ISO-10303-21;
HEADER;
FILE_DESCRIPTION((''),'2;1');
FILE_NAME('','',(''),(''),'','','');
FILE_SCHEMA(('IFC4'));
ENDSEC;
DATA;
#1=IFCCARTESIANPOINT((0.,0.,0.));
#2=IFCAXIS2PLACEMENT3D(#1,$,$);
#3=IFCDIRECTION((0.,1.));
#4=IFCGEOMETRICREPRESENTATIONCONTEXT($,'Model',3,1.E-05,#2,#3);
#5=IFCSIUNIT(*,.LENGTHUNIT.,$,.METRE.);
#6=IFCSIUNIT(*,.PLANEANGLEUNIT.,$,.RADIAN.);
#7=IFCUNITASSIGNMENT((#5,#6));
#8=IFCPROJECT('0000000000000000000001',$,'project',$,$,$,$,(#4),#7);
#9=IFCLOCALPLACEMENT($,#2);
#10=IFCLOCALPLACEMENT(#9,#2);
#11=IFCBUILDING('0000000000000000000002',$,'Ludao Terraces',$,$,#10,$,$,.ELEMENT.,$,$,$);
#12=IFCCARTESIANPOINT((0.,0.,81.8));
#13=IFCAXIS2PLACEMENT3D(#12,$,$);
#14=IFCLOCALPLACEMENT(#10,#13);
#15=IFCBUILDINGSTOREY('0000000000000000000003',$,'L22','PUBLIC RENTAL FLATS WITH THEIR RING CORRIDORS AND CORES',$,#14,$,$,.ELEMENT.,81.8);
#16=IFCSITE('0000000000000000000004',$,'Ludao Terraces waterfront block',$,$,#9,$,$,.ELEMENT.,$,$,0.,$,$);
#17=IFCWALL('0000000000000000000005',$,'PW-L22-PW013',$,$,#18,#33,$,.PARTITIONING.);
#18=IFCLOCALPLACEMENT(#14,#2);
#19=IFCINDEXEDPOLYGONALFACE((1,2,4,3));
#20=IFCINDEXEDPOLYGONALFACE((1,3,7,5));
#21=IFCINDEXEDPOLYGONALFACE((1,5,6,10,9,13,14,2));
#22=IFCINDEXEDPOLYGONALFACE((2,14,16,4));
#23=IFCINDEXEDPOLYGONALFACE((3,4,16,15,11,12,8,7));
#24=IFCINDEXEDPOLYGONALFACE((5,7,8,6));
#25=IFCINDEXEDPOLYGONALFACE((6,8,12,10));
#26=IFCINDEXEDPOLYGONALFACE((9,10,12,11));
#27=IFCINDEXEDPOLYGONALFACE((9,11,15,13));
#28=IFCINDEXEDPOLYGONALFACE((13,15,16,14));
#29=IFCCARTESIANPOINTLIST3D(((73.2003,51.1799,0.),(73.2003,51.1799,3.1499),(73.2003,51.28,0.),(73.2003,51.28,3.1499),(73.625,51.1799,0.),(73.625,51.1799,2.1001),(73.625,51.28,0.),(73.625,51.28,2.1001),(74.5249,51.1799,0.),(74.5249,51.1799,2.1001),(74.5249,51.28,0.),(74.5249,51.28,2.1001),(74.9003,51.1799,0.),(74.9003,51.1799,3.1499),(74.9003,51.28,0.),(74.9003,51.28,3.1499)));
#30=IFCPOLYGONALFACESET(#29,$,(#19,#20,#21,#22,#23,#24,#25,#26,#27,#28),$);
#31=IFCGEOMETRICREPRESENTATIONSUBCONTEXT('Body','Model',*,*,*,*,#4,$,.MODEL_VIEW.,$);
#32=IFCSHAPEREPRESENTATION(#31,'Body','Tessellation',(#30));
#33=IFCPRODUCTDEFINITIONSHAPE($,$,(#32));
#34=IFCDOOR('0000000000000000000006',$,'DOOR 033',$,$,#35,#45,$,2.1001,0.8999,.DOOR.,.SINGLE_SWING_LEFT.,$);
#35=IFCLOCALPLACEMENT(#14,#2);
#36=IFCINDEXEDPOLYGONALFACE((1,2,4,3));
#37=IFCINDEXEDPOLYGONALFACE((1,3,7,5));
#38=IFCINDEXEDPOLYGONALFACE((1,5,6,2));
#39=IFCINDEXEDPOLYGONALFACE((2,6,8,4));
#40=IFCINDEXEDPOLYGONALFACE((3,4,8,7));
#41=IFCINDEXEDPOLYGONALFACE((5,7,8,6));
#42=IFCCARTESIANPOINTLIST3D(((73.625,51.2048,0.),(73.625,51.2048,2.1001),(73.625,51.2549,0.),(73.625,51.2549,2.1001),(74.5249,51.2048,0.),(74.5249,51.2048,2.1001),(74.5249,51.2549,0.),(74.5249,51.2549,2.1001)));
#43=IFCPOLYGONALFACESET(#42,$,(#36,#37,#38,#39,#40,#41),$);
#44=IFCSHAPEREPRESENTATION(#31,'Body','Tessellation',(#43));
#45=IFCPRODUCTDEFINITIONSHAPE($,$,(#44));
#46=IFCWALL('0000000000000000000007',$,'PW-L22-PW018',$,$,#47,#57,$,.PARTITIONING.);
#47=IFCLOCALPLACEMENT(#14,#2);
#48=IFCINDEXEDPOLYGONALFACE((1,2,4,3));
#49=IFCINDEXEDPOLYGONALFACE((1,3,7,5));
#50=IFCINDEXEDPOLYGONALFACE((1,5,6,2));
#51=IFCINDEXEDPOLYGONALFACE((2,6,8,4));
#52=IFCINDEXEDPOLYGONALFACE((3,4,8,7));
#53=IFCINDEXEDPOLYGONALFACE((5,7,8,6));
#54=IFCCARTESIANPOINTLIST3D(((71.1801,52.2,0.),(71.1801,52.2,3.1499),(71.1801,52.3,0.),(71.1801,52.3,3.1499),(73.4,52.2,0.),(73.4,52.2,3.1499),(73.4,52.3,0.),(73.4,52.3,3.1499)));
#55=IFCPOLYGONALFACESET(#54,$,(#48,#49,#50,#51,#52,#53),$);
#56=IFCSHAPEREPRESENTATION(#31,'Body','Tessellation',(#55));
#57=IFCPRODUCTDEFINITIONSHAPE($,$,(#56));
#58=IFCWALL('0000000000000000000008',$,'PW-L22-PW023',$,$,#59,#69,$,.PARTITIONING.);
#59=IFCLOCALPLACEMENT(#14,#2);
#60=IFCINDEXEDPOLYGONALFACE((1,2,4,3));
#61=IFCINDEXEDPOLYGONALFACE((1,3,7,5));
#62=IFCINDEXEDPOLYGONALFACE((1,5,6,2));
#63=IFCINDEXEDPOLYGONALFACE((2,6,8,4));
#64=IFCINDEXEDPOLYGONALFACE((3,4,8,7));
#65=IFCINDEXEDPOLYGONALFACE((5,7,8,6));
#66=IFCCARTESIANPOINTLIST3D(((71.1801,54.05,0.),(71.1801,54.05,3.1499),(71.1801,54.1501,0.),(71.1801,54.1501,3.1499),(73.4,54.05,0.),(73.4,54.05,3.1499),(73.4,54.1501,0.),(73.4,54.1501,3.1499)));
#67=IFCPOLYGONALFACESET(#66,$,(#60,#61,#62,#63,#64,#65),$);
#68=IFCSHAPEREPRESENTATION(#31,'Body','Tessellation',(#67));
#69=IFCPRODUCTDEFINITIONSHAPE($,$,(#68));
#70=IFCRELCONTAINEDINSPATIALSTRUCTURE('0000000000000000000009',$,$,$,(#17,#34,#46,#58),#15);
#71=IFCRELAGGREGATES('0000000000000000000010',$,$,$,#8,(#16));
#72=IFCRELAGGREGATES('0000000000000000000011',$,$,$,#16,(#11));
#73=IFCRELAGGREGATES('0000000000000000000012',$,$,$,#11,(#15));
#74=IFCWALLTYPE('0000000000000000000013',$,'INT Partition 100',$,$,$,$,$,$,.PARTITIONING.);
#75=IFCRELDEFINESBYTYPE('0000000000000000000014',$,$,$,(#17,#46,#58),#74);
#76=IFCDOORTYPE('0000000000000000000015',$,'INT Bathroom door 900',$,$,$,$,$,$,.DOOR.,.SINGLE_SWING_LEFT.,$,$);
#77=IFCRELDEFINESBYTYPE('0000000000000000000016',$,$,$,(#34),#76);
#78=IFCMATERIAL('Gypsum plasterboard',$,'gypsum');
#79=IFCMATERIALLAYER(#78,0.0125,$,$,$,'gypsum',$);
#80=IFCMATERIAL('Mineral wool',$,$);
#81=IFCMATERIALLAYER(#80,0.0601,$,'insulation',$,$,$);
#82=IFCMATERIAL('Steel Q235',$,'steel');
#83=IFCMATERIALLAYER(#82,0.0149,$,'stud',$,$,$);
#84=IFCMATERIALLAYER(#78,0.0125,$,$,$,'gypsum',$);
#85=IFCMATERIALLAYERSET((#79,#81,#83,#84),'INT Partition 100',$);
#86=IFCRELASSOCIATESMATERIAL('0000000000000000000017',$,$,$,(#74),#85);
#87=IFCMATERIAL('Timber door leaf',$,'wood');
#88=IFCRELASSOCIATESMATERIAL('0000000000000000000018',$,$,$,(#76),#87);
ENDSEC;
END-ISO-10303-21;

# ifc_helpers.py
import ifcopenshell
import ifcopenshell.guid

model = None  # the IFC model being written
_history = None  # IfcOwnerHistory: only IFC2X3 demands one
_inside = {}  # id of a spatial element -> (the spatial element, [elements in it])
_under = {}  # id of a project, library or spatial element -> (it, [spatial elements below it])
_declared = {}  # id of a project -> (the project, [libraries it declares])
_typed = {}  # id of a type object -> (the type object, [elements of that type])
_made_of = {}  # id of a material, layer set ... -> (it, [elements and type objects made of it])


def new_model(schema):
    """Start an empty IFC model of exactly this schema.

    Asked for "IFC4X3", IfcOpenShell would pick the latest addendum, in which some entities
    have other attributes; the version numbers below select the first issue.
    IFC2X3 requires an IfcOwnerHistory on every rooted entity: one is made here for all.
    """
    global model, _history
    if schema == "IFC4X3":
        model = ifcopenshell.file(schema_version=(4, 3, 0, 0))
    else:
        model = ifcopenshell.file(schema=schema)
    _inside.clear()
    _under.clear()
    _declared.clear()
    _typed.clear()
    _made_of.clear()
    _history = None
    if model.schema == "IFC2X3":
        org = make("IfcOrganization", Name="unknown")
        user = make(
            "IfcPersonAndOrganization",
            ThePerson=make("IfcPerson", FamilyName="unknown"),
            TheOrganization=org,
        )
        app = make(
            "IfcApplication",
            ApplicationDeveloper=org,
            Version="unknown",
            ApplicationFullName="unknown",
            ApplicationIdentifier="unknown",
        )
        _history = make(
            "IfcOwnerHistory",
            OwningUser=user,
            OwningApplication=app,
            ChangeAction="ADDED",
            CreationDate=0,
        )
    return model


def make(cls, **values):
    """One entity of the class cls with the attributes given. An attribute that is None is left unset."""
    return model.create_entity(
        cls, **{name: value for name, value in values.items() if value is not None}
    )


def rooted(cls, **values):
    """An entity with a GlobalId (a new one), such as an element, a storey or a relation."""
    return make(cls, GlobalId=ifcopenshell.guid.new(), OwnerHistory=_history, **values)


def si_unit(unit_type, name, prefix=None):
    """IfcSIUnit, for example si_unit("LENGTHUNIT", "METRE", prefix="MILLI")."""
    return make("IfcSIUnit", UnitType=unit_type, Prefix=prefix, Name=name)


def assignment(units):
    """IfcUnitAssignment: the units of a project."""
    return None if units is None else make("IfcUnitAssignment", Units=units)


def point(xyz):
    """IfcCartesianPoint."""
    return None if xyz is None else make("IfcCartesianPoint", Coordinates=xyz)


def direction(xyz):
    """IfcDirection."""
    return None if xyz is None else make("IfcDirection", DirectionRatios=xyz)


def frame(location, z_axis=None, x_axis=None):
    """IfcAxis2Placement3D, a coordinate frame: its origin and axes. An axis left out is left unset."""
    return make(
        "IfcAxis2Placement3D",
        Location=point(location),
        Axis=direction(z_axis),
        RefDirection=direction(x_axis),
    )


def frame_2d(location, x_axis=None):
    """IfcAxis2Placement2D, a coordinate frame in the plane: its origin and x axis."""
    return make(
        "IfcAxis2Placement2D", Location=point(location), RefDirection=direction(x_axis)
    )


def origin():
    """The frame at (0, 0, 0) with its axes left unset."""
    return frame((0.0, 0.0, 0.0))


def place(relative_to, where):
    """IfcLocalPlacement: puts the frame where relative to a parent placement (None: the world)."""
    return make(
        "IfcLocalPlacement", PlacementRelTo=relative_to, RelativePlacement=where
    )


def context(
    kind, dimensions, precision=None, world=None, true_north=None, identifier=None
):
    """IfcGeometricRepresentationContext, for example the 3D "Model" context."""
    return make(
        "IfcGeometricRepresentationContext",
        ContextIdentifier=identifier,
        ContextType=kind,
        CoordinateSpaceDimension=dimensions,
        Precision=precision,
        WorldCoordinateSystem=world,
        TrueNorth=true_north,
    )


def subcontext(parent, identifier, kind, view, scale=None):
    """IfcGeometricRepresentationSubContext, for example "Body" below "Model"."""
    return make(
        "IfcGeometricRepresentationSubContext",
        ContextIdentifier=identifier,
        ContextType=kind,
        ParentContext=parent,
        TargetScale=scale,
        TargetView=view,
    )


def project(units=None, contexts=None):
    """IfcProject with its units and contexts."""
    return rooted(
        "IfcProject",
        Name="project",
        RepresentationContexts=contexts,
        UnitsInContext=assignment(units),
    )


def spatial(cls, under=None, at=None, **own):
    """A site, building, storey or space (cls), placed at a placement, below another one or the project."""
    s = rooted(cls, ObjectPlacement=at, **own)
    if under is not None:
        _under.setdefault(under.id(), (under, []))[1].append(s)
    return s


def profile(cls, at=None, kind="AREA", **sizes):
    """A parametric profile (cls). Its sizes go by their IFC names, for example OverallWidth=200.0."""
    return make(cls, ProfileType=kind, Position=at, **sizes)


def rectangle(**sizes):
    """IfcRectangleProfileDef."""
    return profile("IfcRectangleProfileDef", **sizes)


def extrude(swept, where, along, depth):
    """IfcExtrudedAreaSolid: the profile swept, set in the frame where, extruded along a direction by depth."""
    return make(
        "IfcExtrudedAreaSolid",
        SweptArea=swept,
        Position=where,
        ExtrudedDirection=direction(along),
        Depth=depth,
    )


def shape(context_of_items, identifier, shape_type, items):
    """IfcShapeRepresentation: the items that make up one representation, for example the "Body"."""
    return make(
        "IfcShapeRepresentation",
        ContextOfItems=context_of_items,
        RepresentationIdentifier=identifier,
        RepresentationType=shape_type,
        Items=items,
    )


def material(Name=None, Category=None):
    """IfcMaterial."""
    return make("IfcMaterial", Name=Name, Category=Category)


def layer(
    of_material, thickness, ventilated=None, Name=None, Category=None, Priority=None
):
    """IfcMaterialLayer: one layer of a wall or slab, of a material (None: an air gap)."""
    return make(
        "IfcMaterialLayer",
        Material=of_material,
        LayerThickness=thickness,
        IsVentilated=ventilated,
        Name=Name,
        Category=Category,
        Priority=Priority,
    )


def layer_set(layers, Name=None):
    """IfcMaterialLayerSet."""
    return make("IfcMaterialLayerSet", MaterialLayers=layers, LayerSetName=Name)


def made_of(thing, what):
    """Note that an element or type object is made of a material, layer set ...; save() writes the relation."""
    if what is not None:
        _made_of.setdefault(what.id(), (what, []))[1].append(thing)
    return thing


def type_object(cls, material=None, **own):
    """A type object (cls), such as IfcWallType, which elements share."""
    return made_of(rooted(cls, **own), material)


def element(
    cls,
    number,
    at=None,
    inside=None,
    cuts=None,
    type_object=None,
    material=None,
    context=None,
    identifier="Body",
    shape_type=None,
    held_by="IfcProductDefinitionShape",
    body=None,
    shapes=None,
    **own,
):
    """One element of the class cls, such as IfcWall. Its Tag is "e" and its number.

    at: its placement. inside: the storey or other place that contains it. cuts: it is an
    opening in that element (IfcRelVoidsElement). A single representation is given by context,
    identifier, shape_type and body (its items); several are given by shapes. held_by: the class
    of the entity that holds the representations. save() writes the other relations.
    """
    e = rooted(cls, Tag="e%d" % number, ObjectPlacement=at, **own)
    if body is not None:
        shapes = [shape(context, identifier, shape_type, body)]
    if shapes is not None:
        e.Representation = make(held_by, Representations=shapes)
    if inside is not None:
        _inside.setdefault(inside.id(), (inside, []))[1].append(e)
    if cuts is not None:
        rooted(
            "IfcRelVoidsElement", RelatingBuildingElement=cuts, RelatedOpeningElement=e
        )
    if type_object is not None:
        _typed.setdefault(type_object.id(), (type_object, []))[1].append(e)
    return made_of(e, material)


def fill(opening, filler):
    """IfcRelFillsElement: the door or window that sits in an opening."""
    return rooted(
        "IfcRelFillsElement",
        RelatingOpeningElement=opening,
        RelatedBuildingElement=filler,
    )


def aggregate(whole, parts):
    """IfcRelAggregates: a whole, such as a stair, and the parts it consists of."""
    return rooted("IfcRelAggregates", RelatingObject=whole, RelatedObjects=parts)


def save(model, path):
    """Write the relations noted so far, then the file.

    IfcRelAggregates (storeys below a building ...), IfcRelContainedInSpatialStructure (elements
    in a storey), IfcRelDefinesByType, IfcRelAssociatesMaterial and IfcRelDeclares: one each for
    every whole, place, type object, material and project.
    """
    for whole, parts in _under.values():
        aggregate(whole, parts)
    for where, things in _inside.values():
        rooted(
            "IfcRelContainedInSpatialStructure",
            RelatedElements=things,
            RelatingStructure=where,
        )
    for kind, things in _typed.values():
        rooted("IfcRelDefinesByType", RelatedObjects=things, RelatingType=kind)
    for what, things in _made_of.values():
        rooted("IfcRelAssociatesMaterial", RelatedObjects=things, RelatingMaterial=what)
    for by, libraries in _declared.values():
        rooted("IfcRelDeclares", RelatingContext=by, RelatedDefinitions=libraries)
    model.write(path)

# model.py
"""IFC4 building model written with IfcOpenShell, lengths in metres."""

from ifc_helpers import new_model, si_unit, direction, frame, frame_2d, origin, place, context, subcontext, project, spatial, rectangle, extrude, material, layer, layer_set, type_object, element, fill, save


model = new_model("IFC4")

# Units and contexts
model_context = context("Model", 3, precision=1e-05, world=origin(), true_north=direction((0.0, 1.0)))
body_context = subcontext(model_context, "Body", "Model", "MODEL_VIEW")
ifc_project = project(units=[si_unit("LENGTHUNIT", "METRE"), si_unit("PLANEANGLEUNIT", "RADIAN")], contexts=[model_context])

# Site, building, storey
site_placement = place(None, origin())
site = spatial("IfcSite", under=ifc_project, at=site_placement, Name="Ludao Terraces waterfront block", CompositionType="ELEMENT", RefElevation=0.0)
building_placement = place(site_placement, origin())
building = spatial("IfcBuilding", under=site, at=building_placement, Name="Ludao Terraces", CompositionType="ELEMENT")
storey_placement = place(building_placement, frame((0.0, 0.0, 81.8)))
storey = spatial("IfcBuildingStorey", under=building, at=storey_placement, Name="L22", Description="PUBLIC RENTAL FLATS WITH THEIR RING CORRIDORS AND CORES", CompositionType="ELEMENT", Elevation=81.8)

# Shared definitions
ifc_material_1 = material(Name="Steel Q235", Category="steel")

# Shared definitions
ifc_material_2 = material(Name="Gypsum plasterboard", Category="gypsum")
ifc_layer_1 = layer(ifc_material_2, 0.0125, Category="gypsum")
ifc_material_3 = material(Name="Mineral wool")
ifc_layer_2 = layer(ifc_material_3, 0.0601, Name="insulation")
ifc_layer_3 = layer(ifc_material_1, 0.0149, Name="stud")
ifc_layer_4 = layer(ifc_material_2, 0.0125, Category="gypsum")
ifc_layer_set_1 = layer_set([ifc_layer_1, ifc_layer_2, ifc_layer_3, ifc_layer_4], Name="INT Partition 100")
wall_type_1 = type_object("IfcWallType", Name="INT Partition 100", PredefinedType="PARTITIONING", material=ifc_layer_set_1)

# Wall, opening, door
wall_1_placement = place(storey_placement, frame((73.2002, 51.23, 0.0), z_axis=(0.0, 0.0, 1.0), x_axis=(1.0, 0.0, 0.0)))
wall_1 = element("IfcWall", 1, at=wall_1_placement, inside=storey, type_object=wall_type_1, Name="PW-L22-PW013", PredefinedType="PARTITIONING", context=body_context, shape_type="SweptSolid", body=[
    extrude(rectangle(XDim=1.7, YDim=0.1001, at=frame_2d((0.8501, 0.0))), origin(), (0.0, 0.0, 1.0), 3.1499),
])
opening_1_placement = place(wall_1_placement, frame((0.4248, 0.0, 0.0)))
opening_1 = element("IfcOpeningElement", 2, at=opening_1_placement, cuts=wall_1, PredefinedType="OPENING", context=body_context, shape_type="SweptSolid", body=[
    extrude(rectangle(XDim=0.8999, YDim=2.1001, at=frame_2d((0.45, 1.05))), frame((0.0, 0.0601, 0.0), z_axis=(0.0, -1.0, 0.0), x_axis=(1.0, 0.0, 0.0)), (0.0, 0.0, 1.0), 0.1201),
])
ifc_material_4 = material(Name="Timber door leaf", Category="wood")
door_type_1 = type_object("IfcDoorType", Name="INT Bathroom door 900", OperationType="SINGLE_SWING_LEFT", PredefinedType="DOOR", material=ifc_material_4)
door_1_placement = place(opening_1_placement, origin())
door_1 = element("IfcDoor", 3, at=door_1_placement, inside=storey, type_object=door_type_1, Name="DOOR 033", OperationType="SINGLE_SWING_LEFT", OverallHeight=2.1001, OverallWidth=0.8999, PredefinedType="DOOR", context=body_context, shape_type="SweptSolid", body=[
    extrude(rectangle(XDim=0.8999, YDim=2.1001, at=frame_2d((0.45, 1.05))), frame((0.0, 0.0249, 0.0), z_axis=(0.0, -1.0, 0.0), x_axis=(1.0, 0.0, 0.0)), (0.0, 0.0, 1.0), 0.05),
])
fill(opening_1, door_1)

# Walls
for number, where, z_axis, x_axis, name in (
    (4, (71.1802, 52.25, 0.0), (0.0, 0.0, 1.0), (1.0, 0.0, 0.0), "PW-L22-PW018"),
    (5, (71.1802, 54.1001, 0.0), (0.0, 0.0, 1.0), (1.0, 0.0, 0.0), "PW-L22-PW023"),
):
    element("IfcWall", number, at=place(storey_placement, frame(where, z_axis=z_axis, x_axis=x_axis)), inside=storey, type_object=wall_type_1, Name=name, PredefinedType="PARTITIONING", context=body_context, shape_type="SweptSolid", body=[
        extrude(rectangle(XDim=2.22, YDim=0.1001, at=frame_2d((1.1099, 0.0))), origin(), (0.0, 0.0, 1.0), 3.1499),
    ])

save(model, "model.ifc")
